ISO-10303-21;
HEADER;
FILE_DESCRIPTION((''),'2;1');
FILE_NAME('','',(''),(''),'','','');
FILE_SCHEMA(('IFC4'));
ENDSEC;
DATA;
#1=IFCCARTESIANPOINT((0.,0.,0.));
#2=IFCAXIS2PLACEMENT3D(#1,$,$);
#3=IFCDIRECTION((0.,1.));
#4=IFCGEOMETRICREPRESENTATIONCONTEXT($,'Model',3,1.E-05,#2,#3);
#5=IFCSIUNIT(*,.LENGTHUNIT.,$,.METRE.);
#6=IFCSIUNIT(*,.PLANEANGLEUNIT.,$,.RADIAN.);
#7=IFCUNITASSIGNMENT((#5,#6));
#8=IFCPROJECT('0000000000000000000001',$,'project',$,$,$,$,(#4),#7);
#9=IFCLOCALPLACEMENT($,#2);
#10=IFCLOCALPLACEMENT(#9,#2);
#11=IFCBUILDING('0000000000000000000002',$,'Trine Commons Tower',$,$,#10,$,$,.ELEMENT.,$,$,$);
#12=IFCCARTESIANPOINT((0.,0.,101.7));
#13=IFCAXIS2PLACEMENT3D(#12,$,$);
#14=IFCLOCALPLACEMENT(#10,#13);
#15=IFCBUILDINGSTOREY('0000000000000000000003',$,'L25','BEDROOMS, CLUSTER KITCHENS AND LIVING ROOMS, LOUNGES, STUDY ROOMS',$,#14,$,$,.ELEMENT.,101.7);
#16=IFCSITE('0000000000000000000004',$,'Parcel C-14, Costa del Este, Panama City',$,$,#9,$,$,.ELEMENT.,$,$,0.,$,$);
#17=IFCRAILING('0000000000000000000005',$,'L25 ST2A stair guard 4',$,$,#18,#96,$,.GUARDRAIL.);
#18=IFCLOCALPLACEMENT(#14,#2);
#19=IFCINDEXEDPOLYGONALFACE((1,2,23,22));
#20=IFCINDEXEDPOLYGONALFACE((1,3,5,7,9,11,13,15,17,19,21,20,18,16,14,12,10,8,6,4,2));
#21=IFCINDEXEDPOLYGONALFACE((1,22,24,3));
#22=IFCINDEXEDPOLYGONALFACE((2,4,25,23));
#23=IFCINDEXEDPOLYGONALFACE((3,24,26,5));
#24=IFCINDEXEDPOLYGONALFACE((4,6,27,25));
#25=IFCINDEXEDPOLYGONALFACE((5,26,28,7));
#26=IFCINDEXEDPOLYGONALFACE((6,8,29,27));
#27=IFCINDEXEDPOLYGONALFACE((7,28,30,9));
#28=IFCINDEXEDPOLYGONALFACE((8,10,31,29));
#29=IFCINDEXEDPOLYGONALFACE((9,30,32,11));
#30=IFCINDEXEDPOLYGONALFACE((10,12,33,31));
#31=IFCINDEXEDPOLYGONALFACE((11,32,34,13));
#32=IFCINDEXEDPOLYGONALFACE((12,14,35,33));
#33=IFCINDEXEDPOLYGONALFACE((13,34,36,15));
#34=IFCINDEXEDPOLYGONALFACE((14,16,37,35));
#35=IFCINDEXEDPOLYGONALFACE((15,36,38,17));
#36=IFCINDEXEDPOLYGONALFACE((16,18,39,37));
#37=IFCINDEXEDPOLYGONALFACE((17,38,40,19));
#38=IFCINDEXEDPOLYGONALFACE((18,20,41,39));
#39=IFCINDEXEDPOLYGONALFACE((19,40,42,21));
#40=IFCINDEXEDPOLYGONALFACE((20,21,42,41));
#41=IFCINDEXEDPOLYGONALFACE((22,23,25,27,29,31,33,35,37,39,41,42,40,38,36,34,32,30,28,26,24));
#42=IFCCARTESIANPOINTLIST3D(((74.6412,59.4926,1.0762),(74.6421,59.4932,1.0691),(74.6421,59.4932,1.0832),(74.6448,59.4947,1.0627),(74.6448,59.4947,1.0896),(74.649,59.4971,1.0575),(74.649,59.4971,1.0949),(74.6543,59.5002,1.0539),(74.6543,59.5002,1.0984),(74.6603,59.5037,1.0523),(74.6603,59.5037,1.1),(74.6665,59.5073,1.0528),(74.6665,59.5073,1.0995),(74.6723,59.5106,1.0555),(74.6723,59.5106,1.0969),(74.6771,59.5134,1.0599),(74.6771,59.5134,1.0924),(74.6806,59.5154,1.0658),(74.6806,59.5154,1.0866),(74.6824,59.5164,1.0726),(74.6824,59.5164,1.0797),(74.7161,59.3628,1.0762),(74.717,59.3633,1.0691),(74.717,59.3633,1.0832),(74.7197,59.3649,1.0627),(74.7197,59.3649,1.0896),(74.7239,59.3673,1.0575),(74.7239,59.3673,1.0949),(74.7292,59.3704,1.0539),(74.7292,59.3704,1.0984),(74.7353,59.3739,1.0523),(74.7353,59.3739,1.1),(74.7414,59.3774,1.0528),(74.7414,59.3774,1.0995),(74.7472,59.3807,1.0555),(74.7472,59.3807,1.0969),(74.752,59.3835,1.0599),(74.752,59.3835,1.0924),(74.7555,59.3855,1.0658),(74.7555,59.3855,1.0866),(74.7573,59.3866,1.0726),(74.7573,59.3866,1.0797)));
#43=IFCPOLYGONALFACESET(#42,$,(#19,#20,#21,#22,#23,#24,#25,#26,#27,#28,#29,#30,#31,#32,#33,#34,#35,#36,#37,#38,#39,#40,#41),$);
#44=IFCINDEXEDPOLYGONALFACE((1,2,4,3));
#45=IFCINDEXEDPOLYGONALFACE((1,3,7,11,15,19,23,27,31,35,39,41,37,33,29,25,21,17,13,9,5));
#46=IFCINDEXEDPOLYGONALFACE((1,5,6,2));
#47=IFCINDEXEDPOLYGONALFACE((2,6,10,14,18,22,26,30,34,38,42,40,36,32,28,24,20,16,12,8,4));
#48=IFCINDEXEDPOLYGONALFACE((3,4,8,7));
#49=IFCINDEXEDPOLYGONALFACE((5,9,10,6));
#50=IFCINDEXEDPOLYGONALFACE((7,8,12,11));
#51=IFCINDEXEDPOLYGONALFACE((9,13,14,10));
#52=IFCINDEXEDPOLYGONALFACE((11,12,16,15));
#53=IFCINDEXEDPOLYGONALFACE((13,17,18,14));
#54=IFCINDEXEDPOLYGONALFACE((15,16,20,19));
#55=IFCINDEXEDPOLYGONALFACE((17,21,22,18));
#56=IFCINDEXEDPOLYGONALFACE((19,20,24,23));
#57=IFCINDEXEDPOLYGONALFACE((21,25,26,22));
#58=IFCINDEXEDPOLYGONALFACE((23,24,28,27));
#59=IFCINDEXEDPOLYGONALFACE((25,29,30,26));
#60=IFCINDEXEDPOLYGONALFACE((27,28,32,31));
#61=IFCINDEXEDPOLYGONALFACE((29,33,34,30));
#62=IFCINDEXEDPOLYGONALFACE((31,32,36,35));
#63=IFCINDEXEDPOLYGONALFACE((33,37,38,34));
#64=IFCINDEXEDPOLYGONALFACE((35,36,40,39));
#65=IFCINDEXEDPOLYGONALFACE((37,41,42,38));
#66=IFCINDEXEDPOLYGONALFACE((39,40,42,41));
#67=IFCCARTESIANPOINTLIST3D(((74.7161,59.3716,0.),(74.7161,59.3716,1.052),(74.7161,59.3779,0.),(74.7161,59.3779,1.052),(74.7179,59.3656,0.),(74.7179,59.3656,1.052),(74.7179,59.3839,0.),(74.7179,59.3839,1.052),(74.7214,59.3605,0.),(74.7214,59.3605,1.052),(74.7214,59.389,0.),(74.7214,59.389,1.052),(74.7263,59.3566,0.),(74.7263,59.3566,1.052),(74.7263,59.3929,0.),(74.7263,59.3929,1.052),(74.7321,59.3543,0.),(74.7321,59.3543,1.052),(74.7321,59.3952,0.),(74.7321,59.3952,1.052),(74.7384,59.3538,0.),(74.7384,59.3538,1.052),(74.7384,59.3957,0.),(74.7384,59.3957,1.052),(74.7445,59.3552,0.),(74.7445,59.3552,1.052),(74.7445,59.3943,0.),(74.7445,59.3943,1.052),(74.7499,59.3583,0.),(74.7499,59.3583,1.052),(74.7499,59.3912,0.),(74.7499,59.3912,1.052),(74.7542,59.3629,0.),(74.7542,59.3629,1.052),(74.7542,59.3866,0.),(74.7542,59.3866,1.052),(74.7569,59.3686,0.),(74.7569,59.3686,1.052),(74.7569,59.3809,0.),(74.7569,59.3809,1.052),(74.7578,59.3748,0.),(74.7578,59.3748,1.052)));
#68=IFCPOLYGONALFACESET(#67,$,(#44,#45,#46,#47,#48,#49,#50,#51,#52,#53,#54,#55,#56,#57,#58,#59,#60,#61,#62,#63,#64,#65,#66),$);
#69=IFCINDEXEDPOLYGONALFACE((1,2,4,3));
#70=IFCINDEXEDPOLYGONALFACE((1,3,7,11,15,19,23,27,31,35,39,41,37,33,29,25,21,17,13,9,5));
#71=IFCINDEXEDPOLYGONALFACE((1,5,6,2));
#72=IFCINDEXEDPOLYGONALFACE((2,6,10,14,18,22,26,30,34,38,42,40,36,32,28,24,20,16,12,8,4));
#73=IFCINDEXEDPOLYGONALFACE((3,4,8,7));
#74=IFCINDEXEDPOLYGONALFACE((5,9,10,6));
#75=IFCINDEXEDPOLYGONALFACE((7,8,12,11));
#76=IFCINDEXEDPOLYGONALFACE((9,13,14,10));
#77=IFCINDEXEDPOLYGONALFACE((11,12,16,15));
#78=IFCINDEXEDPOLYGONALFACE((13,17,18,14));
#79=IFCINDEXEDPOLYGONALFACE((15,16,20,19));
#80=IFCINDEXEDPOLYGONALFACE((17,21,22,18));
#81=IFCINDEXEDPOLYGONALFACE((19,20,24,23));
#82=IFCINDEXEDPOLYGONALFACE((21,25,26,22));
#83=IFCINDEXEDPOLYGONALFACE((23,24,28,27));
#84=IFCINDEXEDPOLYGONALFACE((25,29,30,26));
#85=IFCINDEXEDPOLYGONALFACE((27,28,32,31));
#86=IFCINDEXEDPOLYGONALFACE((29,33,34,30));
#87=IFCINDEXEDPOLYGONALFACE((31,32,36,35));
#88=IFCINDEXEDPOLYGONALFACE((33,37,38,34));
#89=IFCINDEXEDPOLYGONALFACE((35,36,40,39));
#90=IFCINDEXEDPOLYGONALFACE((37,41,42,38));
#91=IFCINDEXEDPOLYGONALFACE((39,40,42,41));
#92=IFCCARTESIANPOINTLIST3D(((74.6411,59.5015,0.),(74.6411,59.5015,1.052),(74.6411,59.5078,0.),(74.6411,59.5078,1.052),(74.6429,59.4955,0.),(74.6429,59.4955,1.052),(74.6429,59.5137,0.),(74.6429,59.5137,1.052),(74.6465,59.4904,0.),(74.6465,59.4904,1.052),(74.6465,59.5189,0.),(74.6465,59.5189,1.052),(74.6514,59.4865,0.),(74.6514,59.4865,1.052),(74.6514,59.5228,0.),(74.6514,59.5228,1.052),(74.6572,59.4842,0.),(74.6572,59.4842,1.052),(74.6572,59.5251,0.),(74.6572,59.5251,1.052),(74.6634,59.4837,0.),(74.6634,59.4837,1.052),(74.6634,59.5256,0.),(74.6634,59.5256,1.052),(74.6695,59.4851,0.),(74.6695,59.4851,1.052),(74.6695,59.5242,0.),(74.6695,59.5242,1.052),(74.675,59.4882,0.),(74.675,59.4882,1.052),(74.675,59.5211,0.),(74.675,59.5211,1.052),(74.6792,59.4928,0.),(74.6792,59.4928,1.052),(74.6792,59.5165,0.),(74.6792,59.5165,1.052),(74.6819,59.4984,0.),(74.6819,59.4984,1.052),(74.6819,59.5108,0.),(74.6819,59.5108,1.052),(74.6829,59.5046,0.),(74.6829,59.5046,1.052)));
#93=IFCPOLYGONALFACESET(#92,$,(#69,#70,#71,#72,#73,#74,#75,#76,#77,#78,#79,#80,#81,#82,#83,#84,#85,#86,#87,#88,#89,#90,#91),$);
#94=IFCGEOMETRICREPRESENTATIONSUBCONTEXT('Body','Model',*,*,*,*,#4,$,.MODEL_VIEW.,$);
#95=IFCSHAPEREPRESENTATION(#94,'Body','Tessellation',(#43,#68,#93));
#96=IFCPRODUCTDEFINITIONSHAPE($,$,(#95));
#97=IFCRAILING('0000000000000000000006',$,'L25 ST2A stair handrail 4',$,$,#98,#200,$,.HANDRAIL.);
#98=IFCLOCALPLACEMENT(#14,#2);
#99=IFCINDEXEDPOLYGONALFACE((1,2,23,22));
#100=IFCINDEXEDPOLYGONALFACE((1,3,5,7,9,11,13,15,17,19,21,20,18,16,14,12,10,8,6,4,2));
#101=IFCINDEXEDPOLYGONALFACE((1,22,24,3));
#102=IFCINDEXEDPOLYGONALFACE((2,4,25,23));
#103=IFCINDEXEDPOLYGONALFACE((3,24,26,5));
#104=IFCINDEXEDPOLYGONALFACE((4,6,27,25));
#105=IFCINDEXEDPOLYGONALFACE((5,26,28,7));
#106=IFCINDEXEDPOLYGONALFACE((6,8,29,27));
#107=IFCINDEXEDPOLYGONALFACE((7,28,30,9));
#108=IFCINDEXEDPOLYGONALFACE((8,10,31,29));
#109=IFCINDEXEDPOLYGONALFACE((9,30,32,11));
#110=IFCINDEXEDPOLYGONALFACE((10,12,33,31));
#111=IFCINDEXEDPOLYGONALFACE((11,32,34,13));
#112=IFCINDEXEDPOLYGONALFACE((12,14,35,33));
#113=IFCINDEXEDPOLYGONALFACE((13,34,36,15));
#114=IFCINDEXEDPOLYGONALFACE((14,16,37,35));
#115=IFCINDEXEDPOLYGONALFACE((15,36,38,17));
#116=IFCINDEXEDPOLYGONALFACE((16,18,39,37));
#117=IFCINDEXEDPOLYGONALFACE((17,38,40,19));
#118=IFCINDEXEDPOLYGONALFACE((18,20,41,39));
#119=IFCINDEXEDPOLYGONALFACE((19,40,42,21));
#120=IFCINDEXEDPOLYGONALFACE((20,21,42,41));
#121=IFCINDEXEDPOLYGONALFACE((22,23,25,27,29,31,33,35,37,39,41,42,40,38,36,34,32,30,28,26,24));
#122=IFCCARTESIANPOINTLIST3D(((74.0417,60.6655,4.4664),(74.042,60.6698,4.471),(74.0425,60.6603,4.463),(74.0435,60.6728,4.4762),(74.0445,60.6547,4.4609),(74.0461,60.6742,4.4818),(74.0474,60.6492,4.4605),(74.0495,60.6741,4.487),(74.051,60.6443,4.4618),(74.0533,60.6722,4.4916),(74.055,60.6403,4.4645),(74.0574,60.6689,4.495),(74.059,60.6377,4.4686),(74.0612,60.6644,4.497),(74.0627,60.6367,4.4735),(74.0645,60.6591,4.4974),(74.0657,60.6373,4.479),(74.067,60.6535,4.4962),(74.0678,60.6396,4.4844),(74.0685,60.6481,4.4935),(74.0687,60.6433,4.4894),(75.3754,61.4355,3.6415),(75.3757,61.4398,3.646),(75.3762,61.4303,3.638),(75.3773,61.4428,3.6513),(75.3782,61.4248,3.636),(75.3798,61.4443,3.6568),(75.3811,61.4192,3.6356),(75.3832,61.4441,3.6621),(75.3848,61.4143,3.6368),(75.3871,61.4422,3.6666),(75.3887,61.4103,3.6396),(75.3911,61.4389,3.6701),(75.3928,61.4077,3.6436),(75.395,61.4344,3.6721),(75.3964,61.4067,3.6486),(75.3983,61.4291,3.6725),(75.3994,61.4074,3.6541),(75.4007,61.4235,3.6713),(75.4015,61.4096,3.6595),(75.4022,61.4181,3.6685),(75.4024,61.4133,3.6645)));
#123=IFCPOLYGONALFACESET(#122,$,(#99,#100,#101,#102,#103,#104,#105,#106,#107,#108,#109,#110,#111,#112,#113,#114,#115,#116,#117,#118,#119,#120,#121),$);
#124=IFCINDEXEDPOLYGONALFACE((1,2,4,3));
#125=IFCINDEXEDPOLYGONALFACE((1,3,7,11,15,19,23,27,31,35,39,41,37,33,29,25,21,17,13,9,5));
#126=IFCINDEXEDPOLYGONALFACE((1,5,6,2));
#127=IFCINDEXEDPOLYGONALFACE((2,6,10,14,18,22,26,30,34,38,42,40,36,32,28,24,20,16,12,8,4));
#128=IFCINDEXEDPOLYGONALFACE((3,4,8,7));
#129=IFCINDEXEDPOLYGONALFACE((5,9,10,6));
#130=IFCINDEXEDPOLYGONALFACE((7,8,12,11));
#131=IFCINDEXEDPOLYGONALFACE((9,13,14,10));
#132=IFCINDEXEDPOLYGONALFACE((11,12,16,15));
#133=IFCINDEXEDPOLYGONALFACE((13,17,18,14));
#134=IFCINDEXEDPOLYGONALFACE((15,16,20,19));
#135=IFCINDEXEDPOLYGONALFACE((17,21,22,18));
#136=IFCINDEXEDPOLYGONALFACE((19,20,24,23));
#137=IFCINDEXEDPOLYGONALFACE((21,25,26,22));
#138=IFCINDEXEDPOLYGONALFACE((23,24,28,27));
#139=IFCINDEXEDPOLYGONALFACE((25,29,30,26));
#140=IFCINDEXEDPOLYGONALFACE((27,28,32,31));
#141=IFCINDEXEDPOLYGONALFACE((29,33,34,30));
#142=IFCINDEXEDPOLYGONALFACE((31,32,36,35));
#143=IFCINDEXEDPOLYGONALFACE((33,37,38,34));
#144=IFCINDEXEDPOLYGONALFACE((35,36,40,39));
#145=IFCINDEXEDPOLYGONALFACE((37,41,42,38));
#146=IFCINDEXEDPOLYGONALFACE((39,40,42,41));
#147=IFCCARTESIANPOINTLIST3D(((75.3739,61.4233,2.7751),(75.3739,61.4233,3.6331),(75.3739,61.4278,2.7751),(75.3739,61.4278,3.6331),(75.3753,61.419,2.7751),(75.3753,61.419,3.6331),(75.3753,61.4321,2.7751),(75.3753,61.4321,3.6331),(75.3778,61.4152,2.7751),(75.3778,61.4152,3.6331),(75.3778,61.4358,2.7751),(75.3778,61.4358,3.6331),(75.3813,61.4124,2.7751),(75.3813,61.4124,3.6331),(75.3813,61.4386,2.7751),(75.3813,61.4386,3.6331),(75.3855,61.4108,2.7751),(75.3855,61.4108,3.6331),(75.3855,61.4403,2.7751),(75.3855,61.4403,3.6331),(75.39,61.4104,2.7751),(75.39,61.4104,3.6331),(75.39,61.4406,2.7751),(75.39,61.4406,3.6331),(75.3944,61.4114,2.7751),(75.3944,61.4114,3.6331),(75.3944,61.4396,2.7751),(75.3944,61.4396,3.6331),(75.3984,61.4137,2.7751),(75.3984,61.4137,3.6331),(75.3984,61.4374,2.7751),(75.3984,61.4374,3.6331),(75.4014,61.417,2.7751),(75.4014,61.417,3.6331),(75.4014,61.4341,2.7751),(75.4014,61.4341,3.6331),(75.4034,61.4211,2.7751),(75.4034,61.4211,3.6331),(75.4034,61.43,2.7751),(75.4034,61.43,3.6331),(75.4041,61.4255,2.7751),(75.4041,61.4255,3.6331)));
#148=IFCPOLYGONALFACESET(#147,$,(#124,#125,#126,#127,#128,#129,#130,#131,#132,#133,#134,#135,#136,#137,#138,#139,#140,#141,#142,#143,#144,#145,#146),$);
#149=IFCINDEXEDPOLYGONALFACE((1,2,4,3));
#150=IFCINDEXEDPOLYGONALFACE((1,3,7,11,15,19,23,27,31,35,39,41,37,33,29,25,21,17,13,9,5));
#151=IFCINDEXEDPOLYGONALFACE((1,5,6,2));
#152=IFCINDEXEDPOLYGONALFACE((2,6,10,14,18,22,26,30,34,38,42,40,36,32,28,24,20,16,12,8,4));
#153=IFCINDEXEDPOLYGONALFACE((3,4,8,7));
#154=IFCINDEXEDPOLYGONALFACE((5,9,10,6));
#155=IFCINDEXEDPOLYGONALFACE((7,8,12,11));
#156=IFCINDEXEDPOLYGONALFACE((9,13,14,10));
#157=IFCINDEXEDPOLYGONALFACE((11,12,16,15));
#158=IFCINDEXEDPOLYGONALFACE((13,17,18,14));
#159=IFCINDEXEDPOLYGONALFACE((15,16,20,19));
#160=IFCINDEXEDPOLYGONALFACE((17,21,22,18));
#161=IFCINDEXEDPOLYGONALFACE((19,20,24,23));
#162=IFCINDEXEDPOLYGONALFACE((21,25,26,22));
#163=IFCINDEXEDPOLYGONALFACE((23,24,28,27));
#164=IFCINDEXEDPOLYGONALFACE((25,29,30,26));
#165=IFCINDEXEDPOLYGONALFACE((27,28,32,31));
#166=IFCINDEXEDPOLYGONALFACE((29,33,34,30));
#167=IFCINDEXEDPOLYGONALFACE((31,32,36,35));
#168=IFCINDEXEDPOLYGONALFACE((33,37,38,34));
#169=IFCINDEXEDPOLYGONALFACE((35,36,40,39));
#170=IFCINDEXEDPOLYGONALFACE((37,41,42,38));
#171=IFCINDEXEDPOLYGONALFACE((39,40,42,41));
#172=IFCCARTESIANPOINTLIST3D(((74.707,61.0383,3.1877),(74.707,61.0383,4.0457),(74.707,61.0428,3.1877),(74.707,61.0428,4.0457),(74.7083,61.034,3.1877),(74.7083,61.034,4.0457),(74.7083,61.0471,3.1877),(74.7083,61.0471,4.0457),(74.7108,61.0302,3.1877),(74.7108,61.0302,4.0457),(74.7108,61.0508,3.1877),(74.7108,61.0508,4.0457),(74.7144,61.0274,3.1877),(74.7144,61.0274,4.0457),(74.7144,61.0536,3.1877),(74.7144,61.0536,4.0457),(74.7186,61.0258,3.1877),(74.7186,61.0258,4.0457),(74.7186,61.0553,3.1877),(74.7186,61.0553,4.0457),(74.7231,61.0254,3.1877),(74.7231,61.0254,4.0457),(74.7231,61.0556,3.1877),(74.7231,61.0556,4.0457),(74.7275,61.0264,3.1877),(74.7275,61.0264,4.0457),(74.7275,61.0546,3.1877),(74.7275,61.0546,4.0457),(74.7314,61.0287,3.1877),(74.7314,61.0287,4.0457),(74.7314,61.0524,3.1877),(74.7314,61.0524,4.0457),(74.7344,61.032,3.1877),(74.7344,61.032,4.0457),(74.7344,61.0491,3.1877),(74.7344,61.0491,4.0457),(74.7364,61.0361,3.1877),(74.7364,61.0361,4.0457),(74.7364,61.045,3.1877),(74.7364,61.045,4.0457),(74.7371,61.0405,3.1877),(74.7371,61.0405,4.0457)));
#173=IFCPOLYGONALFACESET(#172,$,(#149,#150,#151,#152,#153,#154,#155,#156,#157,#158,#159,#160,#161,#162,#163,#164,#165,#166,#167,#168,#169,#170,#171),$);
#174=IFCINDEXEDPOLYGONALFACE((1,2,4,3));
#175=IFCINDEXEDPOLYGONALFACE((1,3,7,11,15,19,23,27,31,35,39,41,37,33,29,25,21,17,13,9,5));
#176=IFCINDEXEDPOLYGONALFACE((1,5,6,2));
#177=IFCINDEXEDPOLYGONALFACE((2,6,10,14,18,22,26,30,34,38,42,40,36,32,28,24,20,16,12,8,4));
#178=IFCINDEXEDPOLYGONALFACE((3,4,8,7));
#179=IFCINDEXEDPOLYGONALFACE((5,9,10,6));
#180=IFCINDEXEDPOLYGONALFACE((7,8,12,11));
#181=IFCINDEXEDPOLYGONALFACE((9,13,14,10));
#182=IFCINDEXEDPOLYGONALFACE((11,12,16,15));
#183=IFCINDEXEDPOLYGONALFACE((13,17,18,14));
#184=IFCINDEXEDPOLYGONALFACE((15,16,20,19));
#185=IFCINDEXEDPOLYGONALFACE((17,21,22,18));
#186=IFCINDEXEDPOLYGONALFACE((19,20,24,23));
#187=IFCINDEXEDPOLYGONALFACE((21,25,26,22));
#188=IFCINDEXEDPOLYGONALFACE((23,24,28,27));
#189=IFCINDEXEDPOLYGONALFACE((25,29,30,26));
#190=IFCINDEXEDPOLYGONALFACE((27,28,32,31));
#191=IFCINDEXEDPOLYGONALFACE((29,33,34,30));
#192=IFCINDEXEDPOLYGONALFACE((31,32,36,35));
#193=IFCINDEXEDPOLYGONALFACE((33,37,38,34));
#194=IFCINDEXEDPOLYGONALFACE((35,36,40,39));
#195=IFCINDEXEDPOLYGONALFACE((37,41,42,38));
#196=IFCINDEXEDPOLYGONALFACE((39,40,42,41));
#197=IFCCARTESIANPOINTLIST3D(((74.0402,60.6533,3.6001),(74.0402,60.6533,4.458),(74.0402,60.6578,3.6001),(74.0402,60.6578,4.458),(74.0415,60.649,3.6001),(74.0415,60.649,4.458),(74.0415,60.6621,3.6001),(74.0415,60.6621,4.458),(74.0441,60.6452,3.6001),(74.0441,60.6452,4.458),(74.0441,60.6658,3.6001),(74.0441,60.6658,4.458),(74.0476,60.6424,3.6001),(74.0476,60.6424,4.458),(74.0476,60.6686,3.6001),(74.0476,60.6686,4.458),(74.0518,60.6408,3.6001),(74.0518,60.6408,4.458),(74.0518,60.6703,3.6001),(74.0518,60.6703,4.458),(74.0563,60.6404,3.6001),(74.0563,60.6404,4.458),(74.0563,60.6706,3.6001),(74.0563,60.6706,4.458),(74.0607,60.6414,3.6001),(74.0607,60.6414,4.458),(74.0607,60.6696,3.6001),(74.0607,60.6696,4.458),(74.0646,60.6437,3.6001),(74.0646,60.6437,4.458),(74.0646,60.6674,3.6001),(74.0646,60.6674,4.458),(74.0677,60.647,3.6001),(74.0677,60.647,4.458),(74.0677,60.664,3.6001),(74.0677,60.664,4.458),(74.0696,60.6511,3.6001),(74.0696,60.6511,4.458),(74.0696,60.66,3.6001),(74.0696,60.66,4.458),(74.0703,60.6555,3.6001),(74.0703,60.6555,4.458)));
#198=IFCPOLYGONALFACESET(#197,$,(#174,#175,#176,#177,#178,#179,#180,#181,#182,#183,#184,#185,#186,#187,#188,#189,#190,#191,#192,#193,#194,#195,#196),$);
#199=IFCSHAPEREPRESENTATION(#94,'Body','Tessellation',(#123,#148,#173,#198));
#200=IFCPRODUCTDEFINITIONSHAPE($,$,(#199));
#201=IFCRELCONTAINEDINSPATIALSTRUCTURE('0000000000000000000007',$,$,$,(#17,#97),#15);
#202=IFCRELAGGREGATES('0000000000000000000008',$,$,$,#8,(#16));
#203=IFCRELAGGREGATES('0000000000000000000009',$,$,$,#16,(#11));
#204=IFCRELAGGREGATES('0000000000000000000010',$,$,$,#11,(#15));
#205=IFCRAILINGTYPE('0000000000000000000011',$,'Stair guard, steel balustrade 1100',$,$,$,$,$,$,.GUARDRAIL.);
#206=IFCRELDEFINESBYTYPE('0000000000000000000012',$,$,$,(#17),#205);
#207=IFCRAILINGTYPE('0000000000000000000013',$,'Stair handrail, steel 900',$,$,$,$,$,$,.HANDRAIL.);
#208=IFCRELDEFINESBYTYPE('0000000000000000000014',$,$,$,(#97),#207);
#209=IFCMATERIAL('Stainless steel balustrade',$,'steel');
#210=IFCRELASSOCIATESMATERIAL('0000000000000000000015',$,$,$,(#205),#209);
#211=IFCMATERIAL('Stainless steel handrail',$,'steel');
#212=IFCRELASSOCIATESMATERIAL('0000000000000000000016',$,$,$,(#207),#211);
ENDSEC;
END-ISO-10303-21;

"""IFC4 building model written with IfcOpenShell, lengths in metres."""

from ifc_helpers import new_model, si_unit, direction, frame, origin, origin_2d, place, context, subcontext, project, spatial, circle, extrude, material, type_object, element, save


model = new_model("IFC4")

# Units and contexts
model_context = context("Model", 3, precision=1e-05, world=origin(), true_north=direction((0.0, 1.0)))
body_context = subcontext(model_context, "Body", "Model", "MODEL_VIEW")
ifc_project = project(units=[si_unit("LENGTHUNIT", "METRE"), si_unit("PLANEANGLEUNIT", "RADIAN")], contexts=[model_context])

# Site, building, storey
site_placement = place(None, origin())
site = spatial("IfcSite", under=ifc_project, at=site_placement, Name="Parcel C-14, Costa del Este, Panama City", CompositionType="ELEMENT", RefElevation=0.0)
building_placement = place(site_placement, origin())
building = spatial("IfcBuilding", under=site, at=building_placement, Name="Trine Commons Tower", CompositionType="ELEMENT")
storey_placement = place(building_placement, frame((0.0, 0.0, 101.7)))
storey = spatial("IfcBuildingStorey", under=building, at=storey_placement, Name="L25", Description="BEDROOMS, CLUSTER KITCHENS AND LIVING ROOMS, LOUNGES, STUDY ROOMS", CompositionType="ELEMENT", Elevation=101.7)

# Railings
ifc_material_1 = material(Name="Stainless steel balustrade", Category="steel")
railing_type_1 = type_object("IfcRailingType", Name="Stair guard, steel balustrade 1100", PredefinedType="GUARDRAIL", material=ifc_material_1)
railing_1_placement = place(storey_placement, frame((74.7368, 59.3748, 0.0)))
element("IfcRailing", 1, at=railing_1_placement, inside=storey, type_object=railing_type_1, Name="L25 ST2A stair guard 4", PredefinedType="GUARDRAIL", context=body_context, shape_type="SweptSolid", body=[
    extrude(circle(Radius=0.0239, at=origin_2d()), frame((0.0, 0.0, 1.0762), z_axis=(-0.499816, 0.866131, 0.0), x_axis=(-0.866131, -0.499816, 0.0)), (0.0, 0.0, 1.0), 0.1499),
    extrude(circle(Radius=0.021, at=origin_2d()), origin(), (0.0, 0.0, 1.0), 1.052),
    extrude(circle(Radius=0.021, at=origin_2d()), frame((-0.075, 0.1299, 0.0)), (0.0, 0.0, 1.0), 1.052),
])
ifc_material_2 = material(Name="Stainless steel handrail", Category="steel")
railing_type_2 = type_object("IfcRailingType", Name="Stair handrail, steel 900", PredefinedType="HANDRAIL", material=ifc_material_2)
railing_2_placement = place(storey_placement, frame((75.3889, 61.4255, 2.7751)))
element("IfcRailing", 2, at=railing_2_placement, inside=storey, type_object=railing_type_2, Name="L25 ST2A stair handrail 4", PredefinedType="HANDRAIL", context=body_context, shape_type="SweptSolid", body=[
    extrude(circle(Radius=0.021, at=origin_2d()), frame((0.0, 0.0, 0.8789), z_axis=(-0.763405, -0.440743, 0.472185), x_axis=(0.499992, -0.86603, 0.0)), (0.0, 0.0, 1.0), 1.7471),
    extrude(circle(Radius=0.0151, at=origin_2d()), origin(), (0.0, 0.0, 1.0), 0.8579),
    extrude(circle(Radius=0.0151, at=origin_2d()), frame((-0.667, -0.385, 0.4126)), (0.0, 0.0, 1.0), 0.8579),
    extrude(circle(Radius=0.0151, at=origin_2d()), frame((-1.3337, -0.77, 0.825)), (0.0, 0.0, 1.0), 0.8579),
])

save(model, "model.ifc")
